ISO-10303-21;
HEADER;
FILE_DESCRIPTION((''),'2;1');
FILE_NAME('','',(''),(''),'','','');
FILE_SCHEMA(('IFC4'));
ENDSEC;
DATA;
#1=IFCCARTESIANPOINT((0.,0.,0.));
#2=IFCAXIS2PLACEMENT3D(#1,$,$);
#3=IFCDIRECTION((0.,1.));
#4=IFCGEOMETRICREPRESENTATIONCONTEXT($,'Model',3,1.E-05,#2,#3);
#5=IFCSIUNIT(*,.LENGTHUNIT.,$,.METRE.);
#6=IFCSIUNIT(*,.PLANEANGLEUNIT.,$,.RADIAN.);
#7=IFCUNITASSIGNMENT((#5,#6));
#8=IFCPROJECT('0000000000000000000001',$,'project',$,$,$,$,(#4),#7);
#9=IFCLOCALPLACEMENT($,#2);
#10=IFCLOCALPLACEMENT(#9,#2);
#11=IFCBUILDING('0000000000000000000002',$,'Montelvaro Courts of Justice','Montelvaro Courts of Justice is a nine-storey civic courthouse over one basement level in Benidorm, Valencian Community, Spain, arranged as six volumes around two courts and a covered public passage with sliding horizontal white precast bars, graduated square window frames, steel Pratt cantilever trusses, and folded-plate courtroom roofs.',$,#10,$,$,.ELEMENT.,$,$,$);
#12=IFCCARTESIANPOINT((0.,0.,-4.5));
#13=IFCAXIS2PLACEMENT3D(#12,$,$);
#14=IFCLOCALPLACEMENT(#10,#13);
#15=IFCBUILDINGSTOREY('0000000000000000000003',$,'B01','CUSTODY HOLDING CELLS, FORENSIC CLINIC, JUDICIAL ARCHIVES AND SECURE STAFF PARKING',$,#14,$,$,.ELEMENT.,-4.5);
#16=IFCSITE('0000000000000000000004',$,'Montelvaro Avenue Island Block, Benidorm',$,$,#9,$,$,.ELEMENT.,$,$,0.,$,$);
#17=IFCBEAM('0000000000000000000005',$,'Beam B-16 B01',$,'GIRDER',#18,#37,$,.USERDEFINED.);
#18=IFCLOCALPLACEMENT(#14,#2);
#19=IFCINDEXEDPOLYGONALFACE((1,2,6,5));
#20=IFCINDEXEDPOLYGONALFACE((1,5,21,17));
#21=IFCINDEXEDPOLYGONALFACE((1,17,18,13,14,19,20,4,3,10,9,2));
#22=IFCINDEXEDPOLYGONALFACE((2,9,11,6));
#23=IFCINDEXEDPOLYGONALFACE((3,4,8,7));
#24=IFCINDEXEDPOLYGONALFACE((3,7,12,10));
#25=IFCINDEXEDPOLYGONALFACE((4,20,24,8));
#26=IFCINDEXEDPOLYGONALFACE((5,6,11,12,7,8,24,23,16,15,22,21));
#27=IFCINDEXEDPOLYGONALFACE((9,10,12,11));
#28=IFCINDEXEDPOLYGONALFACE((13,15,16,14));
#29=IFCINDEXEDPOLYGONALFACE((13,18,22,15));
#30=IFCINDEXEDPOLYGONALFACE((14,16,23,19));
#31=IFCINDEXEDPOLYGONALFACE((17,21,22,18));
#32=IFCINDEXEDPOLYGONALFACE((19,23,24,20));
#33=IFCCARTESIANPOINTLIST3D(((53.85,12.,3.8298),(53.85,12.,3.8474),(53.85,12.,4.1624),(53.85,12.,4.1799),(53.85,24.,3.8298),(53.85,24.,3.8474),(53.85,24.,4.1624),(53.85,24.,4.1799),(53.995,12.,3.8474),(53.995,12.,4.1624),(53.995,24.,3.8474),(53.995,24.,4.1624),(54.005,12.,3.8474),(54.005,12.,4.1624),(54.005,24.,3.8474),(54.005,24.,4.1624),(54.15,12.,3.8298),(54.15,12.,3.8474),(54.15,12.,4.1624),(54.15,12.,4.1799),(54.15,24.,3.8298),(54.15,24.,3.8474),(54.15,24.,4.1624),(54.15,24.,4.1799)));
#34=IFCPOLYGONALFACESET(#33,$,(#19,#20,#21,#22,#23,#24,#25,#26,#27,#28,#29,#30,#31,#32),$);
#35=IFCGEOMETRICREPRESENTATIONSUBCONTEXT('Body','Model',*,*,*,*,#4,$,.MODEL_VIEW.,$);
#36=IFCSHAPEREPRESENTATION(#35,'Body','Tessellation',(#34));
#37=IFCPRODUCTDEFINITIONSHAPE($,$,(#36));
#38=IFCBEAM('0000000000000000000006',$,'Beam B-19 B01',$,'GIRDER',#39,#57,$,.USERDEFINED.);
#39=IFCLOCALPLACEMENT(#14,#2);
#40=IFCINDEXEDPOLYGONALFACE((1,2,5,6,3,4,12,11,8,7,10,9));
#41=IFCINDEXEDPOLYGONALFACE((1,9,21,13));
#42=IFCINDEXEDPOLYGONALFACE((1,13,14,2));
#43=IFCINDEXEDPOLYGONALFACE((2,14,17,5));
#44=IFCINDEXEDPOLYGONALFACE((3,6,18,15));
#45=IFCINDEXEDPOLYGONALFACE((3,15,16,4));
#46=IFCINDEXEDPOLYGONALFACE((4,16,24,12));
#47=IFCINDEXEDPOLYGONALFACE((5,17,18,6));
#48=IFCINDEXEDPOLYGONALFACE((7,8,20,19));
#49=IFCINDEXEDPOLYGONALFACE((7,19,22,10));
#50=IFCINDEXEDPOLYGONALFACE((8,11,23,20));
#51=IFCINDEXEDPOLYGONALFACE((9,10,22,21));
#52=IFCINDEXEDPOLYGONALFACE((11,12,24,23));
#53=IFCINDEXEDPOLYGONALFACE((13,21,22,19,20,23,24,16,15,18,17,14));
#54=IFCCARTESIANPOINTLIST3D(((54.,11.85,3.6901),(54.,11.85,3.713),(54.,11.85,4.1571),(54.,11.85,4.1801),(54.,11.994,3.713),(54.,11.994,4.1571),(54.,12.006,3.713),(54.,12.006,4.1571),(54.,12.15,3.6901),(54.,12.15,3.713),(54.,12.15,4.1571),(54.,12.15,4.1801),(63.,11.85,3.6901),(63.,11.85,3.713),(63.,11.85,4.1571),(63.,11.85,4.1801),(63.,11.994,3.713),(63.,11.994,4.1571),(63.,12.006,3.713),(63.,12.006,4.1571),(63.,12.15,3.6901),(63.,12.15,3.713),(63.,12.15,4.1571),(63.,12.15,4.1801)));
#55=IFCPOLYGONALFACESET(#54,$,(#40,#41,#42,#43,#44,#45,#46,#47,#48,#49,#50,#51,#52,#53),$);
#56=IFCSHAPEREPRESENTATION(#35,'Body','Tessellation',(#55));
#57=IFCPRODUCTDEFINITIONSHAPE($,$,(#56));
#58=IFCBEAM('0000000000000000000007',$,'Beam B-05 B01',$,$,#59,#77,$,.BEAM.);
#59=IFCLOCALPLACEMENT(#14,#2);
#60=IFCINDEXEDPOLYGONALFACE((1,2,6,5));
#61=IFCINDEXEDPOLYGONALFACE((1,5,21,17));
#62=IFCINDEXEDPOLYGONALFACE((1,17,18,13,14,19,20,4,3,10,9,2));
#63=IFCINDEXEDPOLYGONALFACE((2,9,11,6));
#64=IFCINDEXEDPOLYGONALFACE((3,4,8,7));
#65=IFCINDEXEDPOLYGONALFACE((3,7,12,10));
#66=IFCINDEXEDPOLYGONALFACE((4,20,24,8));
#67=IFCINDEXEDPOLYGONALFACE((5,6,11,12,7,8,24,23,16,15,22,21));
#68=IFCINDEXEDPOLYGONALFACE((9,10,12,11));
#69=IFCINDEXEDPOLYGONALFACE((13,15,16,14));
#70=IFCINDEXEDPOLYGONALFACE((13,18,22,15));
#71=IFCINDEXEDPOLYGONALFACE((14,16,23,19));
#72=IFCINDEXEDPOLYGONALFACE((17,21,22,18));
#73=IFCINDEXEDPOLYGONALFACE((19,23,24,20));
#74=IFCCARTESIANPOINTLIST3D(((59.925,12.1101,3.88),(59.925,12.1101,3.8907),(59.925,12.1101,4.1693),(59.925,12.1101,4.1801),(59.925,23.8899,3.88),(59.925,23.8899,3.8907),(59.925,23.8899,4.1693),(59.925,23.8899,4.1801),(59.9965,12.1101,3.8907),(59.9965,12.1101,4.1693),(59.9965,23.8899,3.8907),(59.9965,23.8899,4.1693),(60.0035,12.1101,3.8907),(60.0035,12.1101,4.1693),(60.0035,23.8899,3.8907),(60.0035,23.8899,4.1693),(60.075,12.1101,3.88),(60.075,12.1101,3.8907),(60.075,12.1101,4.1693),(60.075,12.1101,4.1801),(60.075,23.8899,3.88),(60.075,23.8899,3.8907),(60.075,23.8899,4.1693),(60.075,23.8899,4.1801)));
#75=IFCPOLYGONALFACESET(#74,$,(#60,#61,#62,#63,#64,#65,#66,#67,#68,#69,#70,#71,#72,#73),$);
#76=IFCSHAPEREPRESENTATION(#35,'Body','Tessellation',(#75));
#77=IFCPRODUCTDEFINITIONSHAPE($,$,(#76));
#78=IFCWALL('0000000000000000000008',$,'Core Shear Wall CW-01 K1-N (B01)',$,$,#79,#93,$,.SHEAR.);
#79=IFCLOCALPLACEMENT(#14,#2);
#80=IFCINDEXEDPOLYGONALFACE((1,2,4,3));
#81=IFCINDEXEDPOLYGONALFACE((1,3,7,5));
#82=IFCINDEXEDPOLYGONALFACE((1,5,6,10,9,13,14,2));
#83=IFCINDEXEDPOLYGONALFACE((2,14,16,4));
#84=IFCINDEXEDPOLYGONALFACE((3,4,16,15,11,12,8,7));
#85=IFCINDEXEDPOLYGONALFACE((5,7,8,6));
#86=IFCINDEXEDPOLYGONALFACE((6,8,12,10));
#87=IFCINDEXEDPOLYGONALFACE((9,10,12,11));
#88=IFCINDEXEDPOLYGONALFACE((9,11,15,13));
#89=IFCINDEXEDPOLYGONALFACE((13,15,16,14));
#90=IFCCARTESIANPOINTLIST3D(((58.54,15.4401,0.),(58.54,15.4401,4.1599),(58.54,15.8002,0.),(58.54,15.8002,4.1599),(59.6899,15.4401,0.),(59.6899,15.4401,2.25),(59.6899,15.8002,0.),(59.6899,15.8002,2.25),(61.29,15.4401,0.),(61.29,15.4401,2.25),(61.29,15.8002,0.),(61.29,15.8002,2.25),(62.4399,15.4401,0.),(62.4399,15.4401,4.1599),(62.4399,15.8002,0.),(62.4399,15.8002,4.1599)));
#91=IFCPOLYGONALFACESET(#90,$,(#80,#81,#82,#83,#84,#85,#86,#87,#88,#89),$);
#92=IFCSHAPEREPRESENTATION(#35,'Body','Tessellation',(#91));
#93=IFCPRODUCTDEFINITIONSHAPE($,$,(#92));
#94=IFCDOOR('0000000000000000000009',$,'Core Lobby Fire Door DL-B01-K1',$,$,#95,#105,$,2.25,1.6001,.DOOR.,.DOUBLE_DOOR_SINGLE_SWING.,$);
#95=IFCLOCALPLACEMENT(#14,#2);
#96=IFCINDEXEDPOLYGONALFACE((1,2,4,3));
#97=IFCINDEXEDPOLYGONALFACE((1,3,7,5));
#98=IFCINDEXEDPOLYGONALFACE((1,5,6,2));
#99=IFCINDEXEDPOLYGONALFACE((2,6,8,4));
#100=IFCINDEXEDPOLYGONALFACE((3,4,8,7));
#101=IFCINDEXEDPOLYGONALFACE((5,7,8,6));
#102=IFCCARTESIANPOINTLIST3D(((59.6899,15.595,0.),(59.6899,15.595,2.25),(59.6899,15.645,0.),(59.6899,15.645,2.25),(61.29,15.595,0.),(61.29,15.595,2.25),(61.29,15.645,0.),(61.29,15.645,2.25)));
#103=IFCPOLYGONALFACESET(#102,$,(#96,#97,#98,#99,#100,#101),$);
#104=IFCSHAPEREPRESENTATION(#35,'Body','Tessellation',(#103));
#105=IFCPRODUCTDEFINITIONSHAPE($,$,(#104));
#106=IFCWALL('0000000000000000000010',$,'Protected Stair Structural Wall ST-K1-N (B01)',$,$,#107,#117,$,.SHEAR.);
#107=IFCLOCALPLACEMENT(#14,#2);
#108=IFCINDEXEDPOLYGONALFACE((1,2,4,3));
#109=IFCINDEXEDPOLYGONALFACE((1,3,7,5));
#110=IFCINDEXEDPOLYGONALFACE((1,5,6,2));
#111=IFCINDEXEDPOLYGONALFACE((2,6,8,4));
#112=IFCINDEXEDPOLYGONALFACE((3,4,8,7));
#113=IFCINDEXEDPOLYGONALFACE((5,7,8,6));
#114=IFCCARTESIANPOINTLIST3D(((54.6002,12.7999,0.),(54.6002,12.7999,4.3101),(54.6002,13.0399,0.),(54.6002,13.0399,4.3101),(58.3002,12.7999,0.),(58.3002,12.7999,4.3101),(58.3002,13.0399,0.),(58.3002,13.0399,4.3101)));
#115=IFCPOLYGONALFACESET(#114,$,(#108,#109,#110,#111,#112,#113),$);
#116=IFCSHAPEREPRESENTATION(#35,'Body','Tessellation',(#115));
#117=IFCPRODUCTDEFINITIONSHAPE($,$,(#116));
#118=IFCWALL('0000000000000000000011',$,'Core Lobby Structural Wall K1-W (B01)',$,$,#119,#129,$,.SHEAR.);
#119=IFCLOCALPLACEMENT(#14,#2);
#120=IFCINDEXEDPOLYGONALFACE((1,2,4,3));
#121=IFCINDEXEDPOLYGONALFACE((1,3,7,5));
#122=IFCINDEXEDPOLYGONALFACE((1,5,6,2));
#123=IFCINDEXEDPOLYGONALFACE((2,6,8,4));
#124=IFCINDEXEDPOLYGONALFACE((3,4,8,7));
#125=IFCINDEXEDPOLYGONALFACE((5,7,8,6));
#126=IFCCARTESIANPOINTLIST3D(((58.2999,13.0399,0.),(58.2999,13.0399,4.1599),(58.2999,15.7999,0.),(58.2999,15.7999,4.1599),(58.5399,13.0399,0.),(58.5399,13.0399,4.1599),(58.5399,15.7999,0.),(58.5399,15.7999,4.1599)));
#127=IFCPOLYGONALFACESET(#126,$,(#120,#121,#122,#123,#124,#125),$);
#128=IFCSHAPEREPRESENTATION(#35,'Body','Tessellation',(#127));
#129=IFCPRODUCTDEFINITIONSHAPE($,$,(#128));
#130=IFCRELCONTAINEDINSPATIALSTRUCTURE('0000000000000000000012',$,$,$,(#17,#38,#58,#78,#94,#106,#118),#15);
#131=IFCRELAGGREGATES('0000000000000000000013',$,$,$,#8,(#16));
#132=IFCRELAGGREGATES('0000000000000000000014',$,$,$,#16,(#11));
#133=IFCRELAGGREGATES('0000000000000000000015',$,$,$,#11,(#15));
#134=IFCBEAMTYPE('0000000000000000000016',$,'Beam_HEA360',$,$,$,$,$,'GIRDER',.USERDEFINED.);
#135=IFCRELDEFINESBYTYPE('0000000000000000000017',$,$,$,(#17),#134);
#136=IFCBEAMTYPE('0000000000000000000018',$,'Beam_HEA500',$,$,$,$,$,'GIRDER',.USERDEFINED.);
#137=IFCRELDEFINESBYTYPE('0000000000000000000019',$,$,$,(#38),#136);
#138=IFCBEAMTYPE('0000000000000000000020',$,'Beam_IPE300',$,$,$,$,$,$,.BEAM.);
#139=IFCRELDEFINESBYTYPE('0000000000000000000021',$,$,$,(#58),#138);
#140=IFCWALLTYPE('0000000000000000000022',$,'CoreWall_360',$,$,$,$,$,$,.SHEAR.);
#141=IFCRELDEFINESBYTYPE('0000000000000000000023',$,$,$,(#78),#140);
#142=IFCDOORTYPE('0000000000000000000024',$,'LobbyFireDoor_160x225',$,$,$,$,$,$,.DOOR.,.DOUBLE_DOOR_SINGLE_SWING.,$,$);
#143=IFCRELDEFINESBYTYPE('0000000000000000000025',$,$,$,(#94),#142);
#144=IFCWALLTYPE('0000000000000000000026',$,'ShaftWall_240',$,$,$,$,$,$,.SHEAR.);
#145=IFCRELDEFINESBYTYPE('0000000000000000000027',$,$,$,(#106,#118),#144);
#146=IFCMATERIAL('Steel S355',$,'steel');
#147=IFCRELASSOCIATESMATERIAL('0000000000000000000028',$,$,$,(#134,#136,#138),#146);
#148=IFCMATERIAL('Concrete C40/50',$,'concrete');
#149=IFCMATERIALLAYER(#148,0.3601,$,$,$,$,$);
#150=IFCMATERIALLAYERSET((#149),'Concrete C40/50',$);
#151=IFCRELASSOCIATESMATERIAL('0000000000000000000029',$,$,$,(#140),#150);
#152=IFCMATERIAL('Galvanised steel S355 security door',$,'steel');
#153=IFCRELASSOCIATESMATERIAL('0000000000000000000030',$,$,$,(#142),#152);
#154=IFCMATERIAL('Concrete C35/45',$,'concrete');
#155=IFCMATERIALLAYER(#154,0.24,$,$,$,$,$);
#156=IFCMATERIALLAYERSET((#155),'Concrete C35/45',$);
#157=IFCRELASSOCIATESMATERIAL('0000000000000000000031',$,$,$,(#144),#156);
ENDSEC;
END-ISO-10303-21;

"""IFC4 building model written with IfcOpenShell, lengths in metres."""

from ifc_helpers import new_model, si_unit, direction, frame, frame_2d, origin, origin_2d, place, context, subcontext, project, spatial, rectangle, i_section, extrude, material, layer, layer_set, material_profile, profile_set, type_object, element, fill, save


model = new_model("IFC4")

# Units and contexts
model_context = context("Model", 3, precision=1e-05, world=origin(), true_north=direction((0.0, 1.0)))
body_context = subcontext(model_context, "Body", "Model", "MODEL_VIEW")
ifc_project = project(units=[si_unit("LENGTHUNIT", "METRE"), si_unit("PLANEANGLEUNIT", "RADIAN")], contexts=[model_context])

# Site, building, storey
site_placement = place(None, origin())
site = spatial("IfcSite", under=ifc_project, at=site_placement, Name="Montelvaro Avenue Island Block, Benidorm", CompositionType="ELEMENT", RefElevation=0.0)
building_placement = place(site_placement, origin())
building = spatial("IfcBuilding", under=site, at=building_placement, Name="Montelvaro Courts of Justice", Description="Montelvaro Courts of Justice is a nine-storey civic courthouse over one basement level in Benidorm, Valencian Community, Spain, arranged as six volumes around two courts and a covered public passage with sliding horizontal white precast bars, graduated square window frames, steel Pratt cantilever trusses, and folded-plate courtroom roofs.", CompositionType="ELEMENT")
storey_placement = place(building_placement, frame((0.0, 0.0, -4.5)))
storey = spatial("IfcBuildingStorey", under=building, at=storey_placement, Name="B01", Description="CUSTODY HOLDING CELLS, FORENSIC CLINIC, JUDICIAL ARCHIVES AND SECURE STAFF PARKING", CompositionType="ELEMENT", Elevation=-4.5)

# Shared definitions
ifc_material_1 = material(Name="Concrete C35/45", Category="concrete")

# Shared definitions
ifc_material_2 = material(Name="Concrete C40/50", Category="concrete")

# Beams
ifc_material_3 = material(Name="Steel S355", Category="steel")
ifc_material_profile_1 = material_profile(ifc_material_3, i_section(OverallWidth=0.3, OverallDepth=0.3501, WebThickness=0.01, FlangeThickness=0.0176, at=origin_2d()), Name="HEA 360")
ifc_profile_set_1 = profile_set([ifc_material_profile_1], Name="Steel S355")
beam_type_1 = type_object("IfcBeamType", Name="Beam_HEA360", ElementType="GIRDER", PredefinedType="USERDEFINED", material=ifc_profile_set_1)
beam_1_placement = place(storey_placement, frame((54.0, 12.0, 4.0049), z_axis=(0.0, 1.0, 0.0), x_axis=(-1.0, 0.0, 0.0)))
element("IfcBeam", 1, at=beam_1_placement, inside=storey, type_object=beam_type_1, Name="Beam B-16 B01", ObjectType="GIRDER", PredefinedType="USERDEFINED", context=body_context, shape_type="SweptSolid", body=[
    extrude(i_section(OverallWidth=0.3, OverallDepth=0.3501, WebThickness=0.01, FlangeThickness=0.0176, at=origin_2d()), origin(), (0.0, 0.0, 1.0), 12.0),
])
ifc_material_profile_2 = material_profile(ifc_material_3, i_section(OverallWidth=0.3, OverallDepth=0.49, WebThickness=0.012, FlangeThickness=0.0229, at=origin_2d()), Name="HEA 500")
ifc_profile_set_2 = profile_set([ifc_material_profile_2], Name="Steel S355")
beam_type_2 = type_object("IfcBeamType", Name="Beam_HEA500", ElementType="GIRDER", PredefinedType="USERDEFINED", material=ifc_profile_set_2)
beam_2_placement = place(storey_placement, frame((54.0, 12.0, 3.9351), z_axis=(1.0, 0.0, 0.0), x_axis=(0.0, 1.0, 0.0)))
element("IfcBeam", 2, at=beam_2_placement, inside=storey, type_object=beam_type_2, Name="Beam B-19 B01", ObjectType="GIRDER", PredefinedType="USERDEFINED", context=body_context, shape_type="SweptSolid", body=[
    extrude(i_section(OverallWidth=0.3, OverallDepth=0.49, WebThickness=0.012, FlangeThickness=0.0229, at=origin_2d()), origin(), (0.0, 0.0, 1.0), 9.0),
])
ifc_material_profile_3 = material_profile(ifc_material_3, i_section(OverallWidth=0.1499, OverallDepth=0.3, WebThickness=0.0071, FlangeThickness=0.0107, at=origin_2d()), Name="IPE 300")
ifc_profile_set_3 = profile_set([ifc_material_profile_3], Name="Steel S355")
beam_type_3 = type_object("IfcBeamType", Name="Beam_IPE300", PredefinedType="BEAM", material=ifc_profile_set_3)
beam_3_placement = place(storey_placement, frame((60.0, 12.1101, 4.03), z_axis=(0.0, 1.0, 0.0), x_axis=(-1.0, 0.0, 0.0)))
element("IfcBeam", 3, at=beam_3_placement, inside=storey, type_object=beam_type_3, Name="Beam B-05 B01", PredefinedType="BEAM", context=body_context, shape_type="SweptSolid", body=[
    extrude(i_section(OverallWidth=0.1499, OverallDepth=0.3, WebThickness=0.0071, FlangeThickness=0.0107, at=origin_2d()), origin(), (0.0, 0.0, 1.0), 11.7798),
])

# Wall, opening, door
ifc_layer_1 = layer(ifc_material_2, 0.3601)
ifc_layer_set_1 = layer_set([ifc_layer_1], Name="Concrete C40/50")
wall_type_1 = type_object("IfcWallType", Name="CoreWall_360", PredefinedType="SHEAR", material=ifc_layer_set_1)
wall_1_placement = place(storey_placement, frame((58.54, 15.6201, 0.0), z_axis=(0.0, 0.0, 1.0), x_axis=(1.0, 0.0, 0.0)))
wall_1 = element("IfcWall", 4, at=wall_1_placement, inside=storey, type_object=wall_type_1, Name="Core Shear Wall CW-01 K1-N (B01)", PredefinedType="SHEAR", context=body_context, shape_type="SweptSolid", body=[
    extrude(rectangle(XDim=3.8999, YDim=0.3601, at=frame_2d((1.95, 0.0))), origin(), (0.0, 0.0, 1.0), 4.1599),
])
opening_1_placement = place(wall_1_placement, frame((1.1499, 0.0, 0.0)))
opening_1 = element("IfcOpeningElement", 5, at=opening_1_placement, cuts=wall_1, PredefinedType="OPENING", context=body_context, shape_type="SweptSolid", body=[
    extrude(rectangle(XDim=1.6001, YDim=2.25, at=frame_2d((0.8, 1.125))), frame((0.0, 0.1948, 0.0), z_axis=(0.0, -1.0, 0.0), x_axis=(1.0, 0.0, 0.0)), (0.0, 0.0, 1.0), 0.3899),
])
ifc_material_4 = material(Name="Galvanised steel S355 security door", Category="steel")
door_type_1 = type_object("IfcDoorType", Name="LobbyFireDoor_160x225", OperationType="DOUBLE_DOOR_SINGLE_SWING", PredefinedType="DOOR", material=ifc_material_4)
door_1_placement = place(opening_1_placement, origin())
door_1 = element("IfcDoor", 6, at=door_1_placement, inside=storey, type_object=door_type_1, Name="Core Lobby Fire Door DL-B01-K1", OperationType="DOUBLE_DOOR_SINGLE_SWING", OverallHeight=2.25, OverallWidth=1.6001, PredefinedType="DOOR", context=body_context, shape_type="SweptSolid", body=[
    extrude(rectangle(XDim=1.6001, YDim=2.25, at=frame_2d((0.8, 1.125))), frame((0.0, 0.0249, 0.0), z_axis=(0.0, -1.0, 0.0), x_axis=(1.0, 0.0, 0.0)), (0.0, 0.0, 1.0), 0.05),
])
fill(opening_1, door_1)

# Walls
ifc_layer_2 = layer(ifc_material_1, 0.24)
ifc_layer_set_2 = layer_set([ifc_layer_2], Name="Concrete C35/45")
wall_type_2 = type_object("IfcWallType", Name="ShaftWall_240", PredefinedType="SHEAR", material=ifc_layer_set_2)
wall_2_placement = place(storey_placement, frame((54.6001, 12.9199, 0.0), z_axis=(0.0, 0.0, 1.0), x_axis=(1.0, 0.0, 0.0)))
element("IfcWall", 7, at=wall_2_placement, inside=storey, type_object=wall_type_2, Name="Protected Stair Structural Wall ST-K1-N (B01)", PredefinedType="SHEAR", context=body_context, shape_type="SweptSolid", body=[
    extrude(rectangle(XDim=3.7, YDim=0.24, at=frame_2d((1.8501, 0.0))), origin(), (0.0, 0.0, 1.0), 4.3101),
])
wall_3_placement = place(storey_placement, frame((58.4199, 13.04, 0.0), z_axis=(0.0, 0.0, 1.0), x_axis=(0.0, 1.0, 0.0)))
element("IfcWall", 8, at=wall_3_placement, inside=storey, type_object=wall_type_2, Name="Core Lobby Structural Wall K1-W (B01)", PredefinedType="SHEAR", context=body_context, shape_type="SweptSolid", body=[
    extrude(rectangle(XDim=2.76, YDim=0.24, at=frame_2d((1.3799, 0.0))), origin(), (0.0, 0.0, 1.0), 4.1599),
])

save(model, "model.ifc")
